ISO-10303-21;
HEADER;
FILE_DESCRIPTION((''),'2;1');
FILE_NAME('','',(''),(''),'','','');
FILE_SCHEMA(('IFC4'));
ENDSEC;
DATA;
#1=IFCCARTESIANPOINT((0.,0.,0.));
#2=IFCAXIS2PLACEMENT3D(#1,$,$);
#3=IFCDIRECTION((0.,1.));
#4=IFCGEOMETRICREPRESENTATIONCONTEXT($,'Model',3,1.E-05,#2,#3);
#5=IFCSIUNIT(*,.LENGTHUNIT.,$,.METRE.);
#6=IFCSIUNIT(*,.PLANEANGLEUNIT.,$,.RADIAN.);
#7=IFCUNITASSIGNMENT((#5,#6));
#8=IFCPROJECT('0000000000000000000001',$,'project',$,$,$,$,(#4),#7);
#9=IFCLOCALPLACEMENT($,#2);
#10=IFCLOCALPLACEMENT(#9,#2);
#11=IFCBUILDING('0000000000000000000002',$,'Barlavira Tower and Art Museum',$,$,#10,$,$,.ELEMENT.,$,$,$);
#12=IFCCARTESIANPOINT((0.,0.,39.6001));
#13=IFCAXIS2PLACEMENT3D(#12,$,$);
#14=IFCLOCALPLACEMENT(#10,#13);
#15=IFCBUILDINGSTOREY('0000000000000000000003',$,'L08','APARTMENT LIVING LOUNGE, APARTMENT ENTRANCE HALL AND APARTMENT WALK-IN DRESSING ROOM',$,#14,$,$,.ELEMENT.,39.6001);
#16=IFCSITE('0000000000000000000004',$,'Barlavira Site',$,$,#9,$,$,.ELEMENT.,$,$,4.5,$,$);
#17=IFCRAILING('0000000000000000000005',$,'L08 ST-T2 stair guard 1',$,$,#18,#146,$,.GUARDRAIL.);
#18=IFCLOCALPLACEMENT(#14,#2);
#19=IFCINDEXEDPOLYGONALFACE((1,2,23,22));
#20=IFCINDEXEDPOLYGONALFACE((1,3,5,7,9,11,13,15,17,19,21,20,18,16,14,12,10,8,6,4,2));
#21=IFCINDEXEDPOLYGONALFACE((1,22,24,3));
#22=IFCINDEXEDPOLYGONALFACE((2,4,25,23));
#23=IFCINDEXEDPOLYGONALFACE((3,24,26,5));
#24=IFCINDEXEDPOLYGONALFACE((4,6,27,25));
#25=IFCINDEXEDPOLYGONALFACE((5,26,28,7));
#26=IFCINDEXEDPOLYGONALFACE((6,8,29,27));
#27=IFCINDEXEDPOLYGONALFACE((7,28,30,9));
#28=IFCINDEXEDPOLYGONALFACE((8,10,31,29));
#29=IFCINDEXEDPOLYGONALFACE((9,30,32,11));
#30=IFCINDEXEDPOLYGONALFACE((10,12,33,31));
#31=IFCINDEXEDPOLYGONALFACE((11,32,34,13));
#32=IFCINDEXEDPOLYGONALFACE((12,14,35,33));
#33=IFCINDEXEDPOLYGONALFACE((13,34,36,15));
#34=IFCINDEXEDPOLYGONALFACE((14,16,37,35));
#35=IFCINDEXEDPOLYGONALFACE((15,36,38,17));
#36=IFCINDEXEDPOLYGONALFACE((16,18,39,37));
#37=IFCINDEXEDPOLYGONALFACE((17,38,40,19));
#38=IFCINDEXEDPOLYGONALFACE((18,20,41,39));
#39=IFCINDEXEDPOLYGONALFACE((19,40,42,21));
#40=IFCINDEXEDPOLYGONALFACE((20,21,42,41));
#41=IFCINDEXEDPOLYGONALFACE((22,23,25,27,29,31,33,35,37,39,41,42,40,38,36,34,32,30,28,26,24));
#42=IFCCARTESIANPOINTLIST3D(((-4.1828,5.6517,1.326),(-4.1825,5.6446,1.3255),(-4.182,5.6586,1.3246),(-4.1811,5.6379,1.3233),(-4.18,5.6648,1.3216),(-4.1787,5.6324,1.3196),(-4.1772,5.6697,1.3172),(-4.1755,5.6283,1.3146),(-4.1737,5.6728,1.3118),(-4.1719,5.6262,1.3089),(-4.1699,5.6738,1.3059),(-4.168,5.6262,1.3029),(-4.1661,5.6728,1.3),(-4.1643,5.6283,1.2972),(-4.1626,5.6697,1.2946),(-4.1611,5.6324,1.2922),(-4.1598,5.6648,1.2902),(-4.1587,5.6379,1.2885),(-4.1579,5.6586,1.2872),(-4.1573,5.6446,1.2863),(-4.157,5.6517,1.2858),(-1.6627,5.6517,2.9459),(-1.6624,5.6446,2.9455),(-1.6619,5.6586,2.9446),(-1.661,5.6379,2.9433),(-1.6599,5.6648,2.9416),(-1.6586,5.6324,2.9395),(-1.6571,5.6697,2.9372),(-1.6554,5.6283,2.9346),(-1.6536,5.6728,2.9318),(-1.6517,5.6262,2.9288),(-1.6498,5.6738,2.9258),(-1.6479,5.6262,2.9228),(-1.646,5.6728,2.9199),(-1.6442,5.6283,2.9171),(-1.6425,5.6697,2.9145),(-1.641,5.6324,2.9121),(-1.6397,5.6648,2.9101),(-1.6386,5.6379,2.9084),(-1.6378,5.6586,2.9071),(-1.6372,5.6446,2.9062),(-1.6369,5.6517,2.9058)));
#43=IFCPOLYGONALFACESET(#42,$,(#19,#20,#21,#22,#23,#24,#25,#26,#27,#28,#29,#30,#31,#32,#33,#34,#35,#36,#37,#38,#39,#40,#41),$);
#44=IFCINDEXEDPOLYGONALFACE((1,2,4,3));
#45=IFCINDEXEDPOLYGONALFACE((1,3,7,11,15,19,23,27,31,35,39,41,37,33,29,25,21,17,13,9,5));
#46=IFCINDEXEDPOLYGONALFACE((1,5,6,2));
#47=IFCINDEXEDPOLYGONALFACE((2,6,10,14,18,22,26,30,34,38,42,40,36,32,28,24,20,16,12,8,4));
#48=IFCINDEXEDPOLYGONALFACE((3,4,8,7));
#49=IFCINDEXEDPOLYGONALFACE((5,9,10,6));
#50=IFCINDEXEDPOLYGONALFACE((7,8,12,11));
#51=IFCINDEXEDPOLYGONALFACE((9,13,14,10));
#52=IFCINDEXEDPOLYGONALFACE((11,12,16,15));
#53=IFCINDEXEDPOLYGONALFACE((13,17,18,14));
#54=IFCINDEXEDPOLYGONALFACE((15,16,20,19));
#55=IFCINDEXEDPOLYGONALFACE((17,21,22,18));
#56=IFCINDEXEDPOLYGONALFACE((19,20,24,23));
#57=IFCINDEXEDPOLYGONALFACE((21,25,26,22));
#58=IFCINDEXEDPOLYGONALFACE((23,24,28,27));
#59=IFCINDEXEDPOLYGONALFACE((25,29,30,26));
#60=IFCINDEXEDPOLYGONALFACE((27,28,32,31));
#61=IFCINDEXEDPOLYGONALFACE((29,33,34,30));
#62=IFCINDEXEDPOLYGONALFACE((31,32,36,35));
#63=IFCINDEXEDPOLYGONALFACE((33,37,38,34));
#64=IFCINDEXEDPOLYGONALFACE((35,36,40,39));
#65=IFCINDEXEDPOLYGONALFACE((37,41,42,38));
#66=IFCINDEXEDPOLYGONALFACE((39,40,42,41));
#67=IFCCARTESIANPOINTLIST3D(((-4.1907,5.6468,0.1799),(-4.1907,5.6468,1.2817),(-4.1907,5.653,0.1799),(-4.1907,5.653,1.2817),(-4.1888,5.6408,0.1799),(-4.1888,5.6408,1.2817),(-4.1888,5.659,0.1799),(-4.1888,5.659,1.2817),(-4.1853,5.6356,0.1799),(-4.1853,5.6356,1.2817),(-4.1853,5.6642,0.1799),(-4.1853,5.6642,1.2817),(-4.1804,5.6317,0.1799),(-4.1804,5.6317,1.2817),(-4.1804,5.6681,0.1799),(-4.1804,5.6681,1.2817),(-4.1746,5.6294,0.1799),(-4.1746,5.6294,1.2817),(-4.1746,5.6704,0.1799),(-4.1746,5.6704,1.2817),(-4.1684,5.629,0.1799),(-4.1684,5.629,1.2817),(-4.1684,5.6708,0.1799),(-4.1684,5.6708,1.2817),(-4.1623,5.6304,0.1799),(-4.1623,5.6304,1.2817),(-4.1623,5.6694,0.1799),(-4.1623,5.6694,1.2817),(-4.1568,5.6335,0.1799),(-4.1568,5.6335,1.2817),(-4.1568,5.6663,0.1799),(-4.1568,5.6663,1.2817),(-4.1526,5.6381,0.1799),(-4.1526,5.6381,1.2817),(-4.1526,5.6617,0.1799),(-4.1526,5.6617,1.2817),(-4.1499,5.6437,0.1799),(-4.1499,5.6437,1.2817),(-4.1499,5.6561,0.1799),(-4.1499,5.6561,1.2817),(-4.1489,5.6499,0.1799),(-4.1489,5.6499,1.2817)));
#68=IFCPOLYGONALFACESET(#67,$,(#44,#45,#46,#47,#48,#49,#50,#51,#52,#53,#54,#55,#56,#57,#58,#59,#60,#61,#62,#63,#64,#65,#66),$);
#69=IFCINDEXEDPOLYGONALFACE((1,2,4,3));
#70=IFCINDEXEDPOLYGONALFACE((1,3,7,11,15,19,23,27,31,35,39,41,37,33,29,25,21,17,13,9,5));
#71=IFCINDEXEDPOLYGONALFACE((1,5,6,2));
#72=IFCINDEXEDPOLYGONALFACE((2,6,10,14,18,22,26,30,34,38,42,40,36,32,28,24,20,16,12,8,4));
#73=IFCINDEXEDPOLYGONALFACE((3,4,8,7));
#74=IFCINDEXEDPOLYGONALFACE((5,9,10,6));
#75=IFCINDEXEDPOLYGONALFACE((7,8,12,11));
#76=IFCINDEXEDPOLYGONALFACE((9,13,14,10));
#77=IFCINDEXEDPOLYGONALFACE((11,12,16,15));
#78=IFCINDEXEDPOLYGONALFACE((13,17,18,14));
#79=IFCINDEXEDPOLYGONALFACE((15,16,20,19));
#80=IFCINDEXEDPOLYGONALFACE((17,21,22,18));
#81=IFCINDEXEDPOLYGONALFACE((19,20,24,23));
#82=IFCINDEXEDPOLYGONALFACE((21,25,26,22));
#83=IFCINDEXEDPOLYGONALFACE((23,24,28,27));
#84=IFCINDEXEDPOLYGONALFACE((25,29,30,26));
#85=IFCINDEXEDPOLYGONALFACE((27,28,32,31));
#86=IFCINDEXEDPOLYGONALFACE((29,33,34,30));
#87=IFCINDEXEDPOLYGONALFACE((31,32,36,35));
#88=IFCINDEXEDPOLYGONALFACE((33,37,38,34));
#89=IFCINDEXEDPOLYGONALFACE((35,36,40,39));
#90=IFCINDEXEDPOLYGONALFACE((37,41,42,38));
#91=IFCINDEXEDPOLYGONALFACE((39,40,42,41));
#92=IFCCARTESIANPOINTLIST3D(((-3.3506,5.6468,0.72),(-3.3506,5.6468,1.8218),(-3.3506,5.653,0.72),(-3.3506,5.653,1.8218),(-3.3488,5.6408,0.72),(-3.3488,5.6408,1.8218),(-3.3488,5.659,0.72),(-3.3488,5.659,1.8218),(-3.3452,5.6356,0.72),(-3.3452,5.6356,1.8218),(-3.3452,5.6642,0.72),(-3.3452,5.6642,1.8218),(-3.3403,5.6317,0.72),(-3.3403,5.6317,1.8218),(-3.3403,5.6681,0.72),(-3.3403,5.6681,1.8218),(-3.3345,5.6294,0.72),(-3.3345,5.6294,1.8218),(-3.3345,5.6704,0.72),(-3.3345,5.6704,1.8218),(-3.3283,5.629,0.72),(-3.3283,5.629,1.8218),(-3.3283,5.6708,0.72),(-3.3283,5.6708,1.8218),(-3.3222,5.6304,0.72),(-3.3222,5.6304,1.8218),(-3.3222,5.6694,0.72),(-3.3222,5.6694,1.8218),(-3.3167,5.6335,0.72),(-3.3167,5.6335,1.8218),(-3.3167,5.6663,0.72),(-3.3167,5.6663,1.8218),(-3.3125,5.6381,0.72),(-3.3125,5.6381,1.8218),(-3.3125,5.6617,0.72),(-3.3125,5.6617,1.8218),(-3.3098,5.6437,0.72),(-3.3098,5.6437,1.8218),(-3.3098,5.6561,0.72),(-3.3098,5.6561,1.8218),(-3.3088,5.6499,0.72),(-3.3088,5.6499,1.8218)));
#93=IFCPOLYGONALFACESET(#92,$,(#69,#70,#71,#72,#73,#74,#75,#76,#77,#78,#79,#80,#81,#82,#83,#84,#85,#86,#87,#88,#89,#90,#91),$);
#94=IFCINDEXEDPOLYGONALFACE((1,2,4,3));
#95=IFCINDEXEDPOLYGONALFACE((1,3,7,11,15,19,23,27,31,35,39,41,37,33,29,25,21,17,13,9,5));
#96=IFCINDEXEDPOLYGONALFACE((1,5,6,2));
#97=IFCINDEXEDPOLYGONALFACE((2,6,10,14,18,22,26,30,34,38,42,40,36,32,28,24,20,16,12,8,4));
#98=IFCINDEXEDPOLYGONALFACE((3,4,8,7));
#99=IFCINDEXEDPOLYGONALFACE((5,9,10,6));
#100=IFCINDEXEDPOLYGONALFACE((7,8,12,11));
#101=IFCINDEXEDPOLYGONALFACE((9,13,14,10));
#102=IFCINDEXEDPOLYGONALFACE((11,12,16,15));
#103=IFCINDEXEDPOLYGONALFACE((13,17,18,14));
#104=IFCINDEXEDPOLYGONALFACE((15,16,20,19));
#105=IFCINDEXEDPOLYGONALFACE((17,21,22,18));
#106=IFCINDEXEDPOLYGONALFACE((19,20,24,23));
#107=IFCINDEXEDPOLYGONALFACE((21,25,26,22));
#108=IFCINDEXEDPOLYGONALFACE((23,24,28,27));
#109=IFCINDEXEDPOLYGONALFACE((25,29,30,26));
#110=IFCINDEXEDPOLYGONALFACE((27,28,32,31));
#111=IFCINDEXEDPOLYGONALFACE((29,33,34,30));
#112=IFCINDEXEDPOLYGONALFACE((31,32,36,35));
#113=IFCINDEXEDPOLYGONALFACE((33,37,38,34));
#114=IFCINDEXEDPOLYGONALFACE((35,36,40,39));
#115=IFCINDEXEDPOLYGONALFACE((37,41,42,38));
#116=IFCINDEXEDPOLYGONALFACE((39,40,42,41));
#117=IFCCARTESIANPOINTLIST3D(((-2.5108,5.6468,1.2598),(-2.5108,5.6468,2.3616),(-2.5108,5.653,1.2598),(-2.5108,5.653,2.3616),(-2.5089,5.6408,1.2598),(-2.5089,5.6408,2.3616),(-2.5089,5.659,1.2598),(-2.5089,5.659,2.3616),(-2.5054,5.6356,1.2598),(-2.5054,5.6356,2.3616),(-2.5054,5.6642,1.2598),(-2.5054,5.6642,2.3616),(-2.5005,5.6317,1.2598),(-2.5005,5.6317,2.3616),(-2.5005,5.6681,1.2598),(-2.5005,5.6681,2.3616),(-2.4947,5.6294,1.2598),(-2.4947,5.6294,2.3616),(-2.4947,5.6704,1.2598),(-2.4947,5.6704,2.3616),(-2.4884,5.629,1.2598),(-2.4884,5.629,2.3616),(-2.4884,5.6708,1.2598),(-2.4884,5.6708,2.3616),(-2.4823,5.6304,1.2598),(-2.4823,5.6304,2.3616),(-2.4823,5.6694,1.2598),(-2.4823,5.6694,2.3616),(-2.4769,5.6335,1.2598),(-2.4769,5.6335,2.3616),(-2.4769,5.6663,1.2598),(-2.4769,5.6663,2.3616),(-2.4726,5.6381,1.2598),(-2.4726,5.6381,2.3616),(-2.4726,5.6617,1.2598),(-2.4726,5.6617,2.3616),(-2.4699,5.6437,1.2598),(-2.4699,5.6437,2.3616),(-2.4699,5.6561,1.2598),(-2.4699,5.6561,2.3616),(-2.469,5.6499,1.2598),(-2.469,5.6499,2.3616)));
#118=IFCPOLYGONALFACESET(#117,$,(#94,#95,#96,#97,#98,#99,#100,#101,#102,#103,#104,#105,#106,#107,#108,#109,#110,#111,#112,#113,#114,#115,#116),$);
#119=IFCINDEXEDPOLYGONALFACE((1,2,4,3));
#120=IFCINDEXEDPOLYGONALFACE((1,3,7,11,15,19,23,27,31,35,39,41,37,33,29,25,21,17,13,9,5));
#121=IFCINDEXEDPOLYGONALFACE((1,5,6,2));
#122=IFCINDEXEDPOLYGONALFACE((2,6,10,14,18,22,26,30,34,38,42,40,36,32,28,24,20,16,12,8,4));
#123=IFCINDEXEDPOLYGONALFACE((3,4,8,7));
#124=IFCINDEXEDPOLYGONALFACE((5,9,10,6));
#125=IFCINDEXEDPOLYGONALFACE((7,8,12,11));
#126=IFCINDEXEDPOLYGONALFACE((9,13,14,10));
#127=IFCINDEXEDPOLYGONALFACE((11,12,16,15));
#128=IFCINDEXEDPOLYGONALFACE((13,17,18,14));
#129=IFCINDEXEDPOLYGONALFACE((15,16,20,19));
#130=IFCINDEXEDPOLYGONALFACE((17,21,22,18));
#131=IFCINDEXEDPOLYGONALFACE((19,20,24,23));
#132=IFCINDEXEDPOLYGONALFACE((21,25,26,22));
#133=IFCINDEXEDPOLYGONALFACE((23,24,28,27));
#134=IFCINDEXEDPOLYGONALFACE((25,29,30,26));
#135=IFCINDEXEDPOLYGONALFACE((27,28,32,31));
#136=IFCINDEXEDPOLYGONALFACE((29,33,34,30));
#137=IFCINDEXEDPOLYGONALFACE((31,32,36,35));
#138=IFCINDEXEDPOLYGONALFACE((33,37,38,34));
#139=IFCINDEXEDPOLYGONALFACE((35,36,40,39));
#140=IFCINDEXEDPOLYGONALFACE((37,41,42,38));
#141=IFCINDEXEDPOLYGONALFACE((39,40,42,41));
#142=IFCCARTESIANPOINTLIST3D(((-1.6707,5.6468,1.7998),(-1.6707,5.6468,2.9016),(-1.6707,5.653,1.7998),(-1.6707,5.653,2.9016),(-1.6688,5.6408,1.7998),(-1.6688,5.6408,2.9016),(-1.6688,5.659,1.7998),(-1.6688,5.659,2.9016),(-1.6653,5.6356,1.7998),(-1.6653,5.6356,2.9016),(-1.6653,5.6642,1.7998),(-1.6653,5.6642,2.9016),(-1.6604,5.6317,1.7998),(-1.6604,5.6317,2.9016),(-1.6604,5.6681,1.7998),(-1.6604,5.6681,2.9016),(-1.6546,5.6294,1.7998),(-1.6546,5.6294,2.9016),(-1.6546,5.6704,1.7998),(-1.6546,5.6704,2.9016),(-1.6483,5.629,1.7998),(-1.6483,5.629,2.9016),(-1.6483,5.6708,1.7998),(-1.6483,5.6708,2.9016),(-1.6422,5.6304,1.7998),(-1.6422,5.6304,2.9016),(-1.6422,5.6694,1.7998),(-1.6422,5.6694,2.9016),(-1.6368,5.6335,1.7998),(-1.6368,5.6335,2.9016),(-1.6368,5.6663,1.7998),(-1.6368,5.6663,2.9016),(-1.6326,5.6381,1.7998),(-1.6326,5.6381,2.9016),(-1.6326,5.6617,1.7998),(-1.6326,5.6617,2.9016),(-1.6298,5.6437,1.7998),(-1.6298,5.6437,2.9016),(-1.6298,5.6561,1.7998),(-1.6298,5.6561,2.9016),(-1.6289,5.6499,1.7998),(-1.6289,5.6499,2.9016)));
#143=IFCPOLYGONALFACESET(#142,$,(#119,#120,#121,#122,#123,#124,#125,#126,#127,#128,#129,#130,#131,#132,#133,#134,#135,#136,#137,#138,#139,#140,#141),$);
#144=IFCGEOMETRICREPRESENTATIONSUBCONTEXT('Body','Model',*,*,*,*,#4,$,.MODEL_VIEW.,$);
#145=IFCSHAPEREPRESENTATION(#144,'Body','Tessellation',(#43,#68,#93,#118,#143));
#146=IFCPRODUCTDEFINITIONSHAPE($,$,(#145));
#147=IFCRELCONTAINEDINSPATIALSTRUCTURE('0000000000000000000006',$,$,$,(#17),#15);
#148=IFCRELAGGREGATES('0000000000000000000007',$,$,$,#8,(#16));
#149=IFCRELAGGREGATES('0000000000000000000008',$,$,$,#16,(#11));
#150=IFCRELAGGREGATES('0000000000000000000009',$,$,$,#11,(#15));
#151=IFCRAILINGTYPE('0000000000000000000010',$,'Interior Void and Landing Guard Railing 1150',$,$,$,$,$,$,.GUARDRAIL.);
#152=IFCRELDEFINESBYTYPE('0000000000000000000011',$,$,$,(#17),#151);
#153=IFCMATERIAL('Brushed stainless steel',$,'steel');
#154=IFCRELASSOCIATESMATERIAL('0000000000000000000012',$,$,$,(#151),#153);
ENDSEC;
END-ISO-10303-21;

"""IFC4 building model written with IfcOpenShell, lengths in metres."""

from ifc_helpers import new_model, si_unit, direction, frame, origin, origin_2d, place, context, subcontext, project, spatial, circle, extrude, material, type_object, element, save


model = new_model("IFC4")

# Units and contexts
model_context = context("Model", 3, precision=1e-05, world=origin(), true_north=direction((0.0, 1.0)))
body_context = subcontext(model_context, "Body", "Model", "MODEL_VIEW")
ifc_project = project(units=[si_unit("LENGTHUNIT", "METRE"), si_unit("PLANEANGLEUNIT", "RADIAN")], contexts=[model_context])

# Site, building, storey
site_placement = place(None, origin())
site = spatial("IfcSite", under=ifc_project, at=site_placement, Name="Barlavira Site", CompositionType="ELEMENT", RefElevation=4.5)
building_placement = place(site_placement, origin())
building = spatial("IfcBuilding", under=site, at=building_placement, Name="Barlavira Tower and Art Museum", CompositionType="ELEMENT")
storey_placement = place(building_placement, frame((0.0, 0.0, 39.6001)))
storey = spatial("IfcBuildingStorey", under=building, at=storey_placement, Name="L08", Description="APARTMENT LIVING LOUNGE, APARTMENT ENTRANCE HALL AND APARTMENT WALK-IN DRESSING ROOM", CompositionType="ELEMENT", Elevation=39.6001)

# Shared definitions
ifc_material_1 = material(Name="Brushed stainless steel", Category="steel")

# Railing
railing_type_1 = type_object("IfcRailingType", Name="Interior Void and Landing Guard Railing 1150", PredefinedType="GUARDRAIL", material=ifc_material_1)
railing_1_placement = place(storey_placement, frame((-4.1699, 5.6499, 0.1799)))
element("IfcRailing", 1, at=railing_1_placement, inside=storey, type_object=railing_type_1, Name="L08 ST-T2 stair guard 1", PredefinedType="GUARDRAIL", context=body_context, shape_type="SweptSolid", body=[
    extrude(circle(Radius=0.0239, at=origin_2d()), frame((0.0, 0.0, 1.126), z_axis=(0.8412, 0.0, 0.540725), x_axis=(0.0, 1.0, 0.0)), (0.0, 0.0, 1.0), 2.9958),
    extrude(circle(Radius=0.021, at=origin_2d()), origin(), (0.0, 0.0, 1.0), 1.1018),
    extrude(circle(Radius=0.021, at=origin_2d()), frame((0.8401, 0.0, 0.54)), (0.0, 0.0, 1.0), 1.1018),
    extrude(circle(Radius=0.021, at=origin_2d()), frame((1.6799, 0.0, 1.0798)), (0.0, 0.0, 1.0), 1.1018),
    extrude(circle(Radius=0.021, at=origin_2d()), frame((2.52, 0.0, 1.6199)), (0.0, 0.0, 1.0), 1.1018),
])

save(model, "model.ifc")
